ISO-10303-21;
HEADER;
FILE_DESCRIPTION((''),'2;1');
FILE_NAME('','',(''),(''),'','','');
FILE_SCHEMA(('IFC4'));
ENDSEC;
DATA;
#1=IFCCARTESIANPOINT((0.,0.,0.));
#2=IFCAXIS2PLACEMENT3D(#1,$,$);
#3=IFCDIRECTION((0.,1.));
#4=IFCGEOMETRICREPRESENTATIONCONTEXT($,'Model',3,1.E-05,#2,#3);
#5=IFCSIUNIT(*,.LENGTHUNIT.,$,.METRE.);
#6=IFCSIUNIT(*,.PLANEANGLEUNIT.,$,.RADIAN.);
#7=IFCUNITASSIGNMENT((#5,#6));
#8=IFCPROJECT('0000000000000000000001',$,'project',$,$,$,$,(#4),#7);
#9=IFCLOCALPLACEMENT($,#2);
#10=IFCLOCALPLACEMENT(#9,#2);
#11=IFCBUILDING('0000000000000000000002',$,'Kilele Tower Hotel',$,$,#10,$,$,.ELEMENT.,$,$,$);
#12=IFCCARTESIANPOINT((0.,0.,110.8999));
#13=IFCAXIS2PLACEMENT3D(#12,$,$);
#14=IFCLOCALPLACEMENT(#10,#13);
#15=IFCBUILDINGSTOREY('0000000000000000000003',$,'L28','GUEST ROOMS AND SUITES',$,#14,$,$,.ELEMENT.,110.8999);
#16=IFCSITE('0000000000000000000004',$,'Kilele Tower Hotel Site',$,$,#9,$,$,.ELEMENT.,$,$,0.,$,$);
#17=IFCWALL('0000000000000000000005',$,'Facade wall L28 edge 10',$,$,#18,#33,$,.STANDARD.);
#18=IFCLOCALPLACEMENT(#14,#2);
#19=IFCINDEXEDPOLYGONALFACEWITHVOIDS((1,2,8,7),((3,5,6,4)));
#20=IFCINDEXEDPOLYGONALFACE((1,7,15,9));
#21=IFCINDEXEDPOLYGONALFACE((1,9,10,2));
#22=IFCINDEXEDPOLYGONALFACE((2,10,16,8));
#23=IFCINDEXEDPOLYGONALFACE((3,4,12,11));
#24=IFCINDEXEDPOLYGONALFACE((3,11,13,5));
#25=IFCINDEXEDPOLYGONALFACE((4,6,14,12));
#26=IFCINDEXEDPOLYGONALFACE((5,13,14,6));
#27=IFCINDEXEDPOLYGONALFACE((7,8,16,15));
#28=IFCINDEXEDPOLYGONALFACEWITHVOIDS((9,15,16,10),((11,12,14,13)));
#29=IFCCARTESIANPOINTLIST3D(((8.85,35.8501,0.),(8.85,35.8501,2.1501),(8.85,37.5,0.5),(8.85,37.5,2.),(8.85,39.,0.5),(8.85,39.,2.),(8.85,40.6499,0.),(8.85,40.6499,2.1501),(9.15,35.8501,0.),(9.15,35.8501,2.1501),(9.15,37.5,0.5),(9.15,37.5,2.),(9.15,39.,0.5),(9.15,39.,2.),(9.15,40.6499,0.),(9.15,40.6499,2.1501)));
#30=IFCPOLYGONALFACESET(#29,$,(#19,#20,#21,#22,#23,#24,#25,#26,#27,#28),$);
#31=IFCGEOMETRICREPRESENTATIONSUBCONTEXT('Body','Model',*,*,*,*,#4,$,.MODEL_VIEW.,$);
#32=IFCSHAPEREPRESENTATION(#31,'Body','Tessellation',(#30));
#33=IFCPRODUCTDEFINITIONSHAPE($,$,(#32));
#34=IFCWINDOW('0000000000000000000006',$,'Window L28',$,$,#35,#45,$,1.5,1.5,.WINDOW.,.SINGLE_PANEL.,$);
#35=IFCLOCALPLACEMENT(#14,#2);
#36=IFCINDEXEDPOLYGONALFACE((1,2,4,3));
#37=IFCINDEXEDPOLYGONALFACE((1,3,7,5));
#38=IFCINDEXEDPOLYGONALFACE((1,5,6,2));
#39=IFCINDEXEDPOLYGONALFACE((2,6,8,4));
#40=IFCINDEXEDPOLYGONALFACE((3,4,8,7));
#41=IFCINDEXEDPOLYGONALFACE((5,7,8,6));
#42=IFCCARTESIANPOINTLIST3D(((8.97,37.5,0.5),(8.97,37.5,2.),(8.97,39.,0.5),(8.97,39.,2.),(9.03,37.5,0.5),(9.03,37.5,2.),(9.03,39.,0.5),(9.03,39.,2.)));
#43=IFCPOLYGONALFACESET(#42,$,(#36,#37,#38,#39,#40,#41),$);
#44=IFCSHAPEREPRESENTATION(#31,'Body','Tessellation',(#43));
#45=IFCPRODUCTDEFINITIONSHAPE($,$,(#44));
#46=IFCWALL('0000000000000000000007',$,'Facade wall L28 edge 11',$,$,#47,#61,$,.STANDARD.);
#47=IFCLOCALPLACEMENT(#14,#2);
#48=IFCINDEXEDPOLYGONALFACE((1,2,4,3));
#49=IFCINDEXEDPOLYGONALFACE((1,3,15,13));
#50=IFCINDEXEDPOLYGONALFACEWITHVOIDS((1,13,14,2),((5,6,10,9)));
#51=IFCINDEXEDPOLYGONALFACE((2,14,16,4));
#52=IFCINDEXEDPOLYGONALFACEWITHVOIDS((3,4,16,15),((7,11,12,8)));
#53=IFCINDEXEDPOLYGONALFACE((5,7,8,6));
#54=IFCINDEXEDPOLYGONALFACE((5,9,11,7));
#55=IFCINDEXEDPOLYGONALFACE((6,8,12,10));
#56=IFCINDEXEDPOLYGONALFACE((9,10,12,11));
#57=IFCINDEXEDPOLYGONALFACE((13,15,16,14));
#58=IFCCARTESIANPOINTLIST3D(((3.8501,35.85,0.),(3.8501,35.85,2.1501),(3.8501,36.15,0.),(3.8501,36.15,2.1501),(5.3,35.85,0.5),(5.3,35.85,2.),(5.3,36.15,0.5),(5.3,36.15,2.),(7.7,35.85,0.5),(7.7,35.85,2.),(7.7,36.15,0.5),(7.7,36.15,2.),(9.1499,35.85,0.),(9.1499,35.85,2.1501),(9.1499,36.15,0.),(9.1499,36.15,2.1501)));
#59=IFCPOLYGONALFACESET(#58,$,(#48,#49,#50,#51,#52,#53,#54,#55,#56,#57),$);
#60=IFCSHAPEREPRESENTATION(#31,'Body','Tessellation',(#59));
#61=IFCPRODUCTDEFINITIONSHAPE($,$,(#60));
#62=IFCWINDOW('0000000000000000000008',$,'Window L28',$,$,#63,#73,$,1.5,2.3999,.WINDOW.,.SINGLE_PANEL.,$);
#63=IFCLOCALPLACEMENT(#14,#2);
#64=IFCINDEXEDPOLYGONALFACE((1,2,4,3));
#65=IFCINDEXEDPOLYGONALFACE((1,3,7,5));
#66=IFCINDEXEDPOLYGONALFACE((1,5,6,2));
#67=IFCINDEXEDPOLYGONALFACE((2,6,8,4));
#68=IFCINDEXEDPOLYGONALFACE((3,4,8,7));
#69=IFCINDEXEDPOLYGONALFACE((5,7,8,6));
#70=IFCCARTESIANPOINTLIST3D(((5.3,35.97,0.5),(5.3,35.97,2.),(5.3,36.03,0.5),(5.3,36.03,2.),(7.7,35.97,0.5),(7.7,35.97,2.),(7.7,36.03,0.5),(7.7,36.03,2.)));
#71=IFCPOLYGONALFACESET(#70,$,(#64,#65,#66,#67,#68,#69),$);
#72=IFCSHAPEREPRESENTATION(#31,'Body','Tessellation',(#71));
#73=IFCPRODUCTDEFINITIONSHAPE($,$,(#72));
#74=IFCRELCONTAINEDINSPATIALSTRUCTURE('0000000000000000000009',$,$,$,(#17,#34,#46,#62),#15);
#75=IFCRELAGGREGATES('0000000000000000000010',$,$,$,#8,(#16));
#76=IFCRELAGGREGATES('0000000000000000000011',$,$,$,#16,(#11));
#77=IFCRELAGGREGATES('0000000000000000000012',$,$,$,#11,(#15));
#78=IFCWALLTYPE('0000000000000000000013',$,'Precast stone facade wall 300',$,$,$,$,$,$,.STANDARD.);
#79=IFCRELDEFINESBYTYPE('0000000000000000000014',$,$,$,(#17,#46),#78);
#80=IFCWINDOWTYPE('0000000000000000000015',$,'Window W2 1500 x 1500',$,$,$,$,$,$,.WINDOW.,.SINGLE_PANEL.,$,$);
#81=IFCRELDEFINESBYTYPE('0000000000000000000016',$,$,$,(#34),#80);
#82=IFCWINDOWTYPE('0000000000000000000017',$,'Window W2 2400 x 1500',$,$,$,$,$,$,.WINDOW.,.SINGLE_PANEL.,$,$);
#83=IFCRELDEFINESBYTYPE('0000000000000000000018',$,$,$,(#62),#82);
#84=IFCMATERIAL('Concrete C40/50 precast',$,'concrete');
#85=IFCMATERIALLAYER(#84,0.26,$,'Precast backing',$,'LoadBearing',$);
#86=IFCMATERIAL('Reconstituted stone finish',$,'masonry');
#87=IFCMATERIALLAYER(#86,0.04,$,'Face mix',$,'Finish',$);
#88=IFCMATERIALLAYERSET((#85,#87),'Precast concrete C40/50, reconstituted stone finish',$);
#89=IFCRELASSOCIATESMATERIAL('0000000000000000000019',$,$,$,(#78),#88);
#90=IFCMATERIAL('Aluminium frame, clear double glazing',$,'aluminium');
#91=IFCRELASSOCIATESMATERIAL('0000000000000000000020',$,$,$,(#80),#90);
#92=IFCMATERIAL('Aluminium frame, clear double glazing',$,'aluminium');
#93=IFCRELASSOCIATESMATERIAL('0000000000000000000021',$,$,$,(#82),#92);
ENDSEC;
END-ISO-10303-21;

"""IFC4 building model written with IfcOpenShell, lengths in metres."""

from ifc_helpers import new_model, si_unit, direction, frame, frame_2d, origin, place, context, subcontext, project, spatial, rectangle, extrude, material, layer, layer_set, type_object, element, fill, save


model = new_model("IFC4")

# Units and contexts
model_context = context("Model", 3, precision=1e-05, world=origin(), true_north=direction((0.0, 1.0)))
body_context = subcontext(model_context, "Body", "Model", "MODEL_VIEW")
ifc_project = project(units=[si_unit("LENGTHUNIT", "METRE"), si_unit("PLANEANGLEUNIT", "RADIAN")], contexts=[model_context])

# Site, building, storey
site_placement = place(None, origin())
site = spatial("IfcSite", under=ifc_project, at=site_placement, Name="Kilele Tower Hotel Site", CompositionType="ELEMENT", RefElevation=0.0)
building_placement = place(site_placement, origin())
building = spatial("IfcBuilding", under=site, at=building_placement, Name="Kilele Tower Hotel", CompositionType="ELEMENT")
storey_placement = place(building_placement, frame((0.0, 0.0, 110.8999)))
storey = spatial("IfcBuildingStorey", under=building, at=storey_placement, Name="L28", Description="GUEST ROOMS AND SUITES", CompositionType="ELEMENT", Elevation=110.8999)

# Walls, openings, windows
ifc_material_1 = material(Name="Concrete C40/50 precast", Category="concrete")
ifc_layer_1 = layer(ifc_material_1, 0.26, Name="Precast backing", Category="LoadBearing")
ifc_material_2 = material(Name="Reconstituted stone finish", Category="masonry")
ifc_layer_2 = layer(ifc_material_2, 0.04, Name="Face mix", Category="Finish")
ifc_layer_set_1 = layer_set([ifc_layer_1, ifc_layer_2], Name="Precast concrete C40/50, reconstituted stone finish")
wall_type_1 = type_object("IfcWallType", Name="Precast stone facade wall 300", PredefinedType="STANDARD", material=ifc_layer_set_1)
wall_1_placement = place(storey_placement, frame((9.0, 40.6499, 0.0), z_axis=(0.0, 0.0, 1.0), x_axis=(0.0, -1.0, 0.0)))
wall_1 = element("IfcWall", 1, at=wall_1_placement, inside=storey, type_object=wall_type_1, Name="Facade wall L28 edge 10", PredefinedType="STANDARD", context=body_context, shape_type="SweptSolid", body=[
    extrude(rectangle(XDim=4.7998, YDim=0.3, at=frame_2d((2.3999, 0.0))), origin(), (0.0, 0.0, 1.0), 2.1501),
])
opening_1_placement = place(wall_1_placement, frame((1.6499, 0.0, 0.5)))
opening_1 = element("IfcOpeningElement", 2, at=opening_1_placement, cuts=wall_1, PredefinedType="OPENING", context=body_context, shape_type="SweptSolid", body=[
    extrude(rectangle(XDim=1.5, YDim=1.5, at=frame_2d((0.75, 0.75))), frame((0.0, 0.1599, 0.0), z_axis=(0.0, -1.0, 0.0), x_axis=(1.0, 0.0, 0.0)), (0.0, 0.0, 1.0), 0.3201),
])
ifc_material_3 = material(Name="Aluminium frame, clear double glazing", Category="aluminium")
window_type_1 = type_object("IfcWindowType", Name="Window W2 1500 x 1500", PartitioningType="SINGLE_PANEL", PredefinedType="WINDOW", material=ifc_material_3)
window_1_placement = place(opening_1_placement, origin())
window_1 = element("IfcWindow", 3, at=window_1_placement, inside=storey, type_object=window_type_1, Name="Window L28", OverallHeight=1.5, OverallWidth=1.5, PartitioningType="SINGLE_PANEL", PredefinedType="WINDOW", context=body_context, shape_type="SweptSolid", body=[
    extrude(rectangle(XDim=1.5, YDim=1.5, at=frame_2d((0.75, 0.75))), frame((0.0, 0.03, 0.0), z_axis=(0.0, -1.0, 0.0), x_axis=(1.0, 0.0, 0.0)), (0.0, 0.0, 1.0), 0.0601),
])
fill(opening_1, window_1)
wall_2_placement = place(storey_placement, frame((9.1499, 36.0, 0.0), z_axis=(0.0, 0.0, 1.0), x_axis=(-1.0, 0.0, 0.0)))
wall_2 = element("IfcWall", 4, at=wall_2_placement, inside=storey, type_object=wall_type_1, Name="Facade wall L28 edge 11", PredefinedType="STANDARD", context=body_context, shape_type="SweptSolid", body=[
    extrude(rectangle(XDim=5.2998, YDim=0.3, at=frame_2d((2.6499, 0.0))), origin(), (0.0, 0.0, 1.0), 2.1501),
])
opening_2_placement = place(wall_2_placement, frame((1.45, 0.0, 0.5)))
opening_2 = element("IfcOpeningElement", 5, at=opening_2_placement, cuts=wall_2, PredefinedType="OPENING", context=body_context, shape_type="SweptSolid", body=[
    extrude(rectangle(XDim=2.3999, YDim=1.5, at=frame_2d((1.2, 0.75))), frame((0.0, 0.1599, 0.0), z_axis=(0.0, -1.0, 0.0), x_axis=(1.0, 0.0, 0.0)), (0.0, 0.0, 1.0), 0.3201),
])
ifc_material_4 = material(Name="Aluminium frame, clear double glazing", Category="aluminium")
window_type_2 = type_object("IfcWindowType", Name="Window W2 2400 x 1500", PartitioningType="SINGLE_PANEL", PredefinedType="WINDOW", material=ifc_material_4)
window_2_placement = place(opening_2_placement, origin())
window_2 = element("IfcWindow", 6, at=window_2_placement, inside=storey, type_object=window_type_2, Name="Window L28", OverallHeight=1.5, OverallWidth=2.3999, PartitioningType="SINGLE_PANEL", PredefinedType="WINDOW", context=body_context, shape_type="SweptSolid", body=[
    extrude(rectangle(XDim=2.3999, YDim=1.5, at=frame_2d((1.2, 0.75))), frame((0.0, 0.03, 0.0), z_axis=(0.0, -1.0, 0.0), x_axis=(1.0, 0.0, 0.0)), (0.0, 0.0, 1.0), 0.0601),
])
fill(opening_2, window_2)

save(model, "model.ifc")
